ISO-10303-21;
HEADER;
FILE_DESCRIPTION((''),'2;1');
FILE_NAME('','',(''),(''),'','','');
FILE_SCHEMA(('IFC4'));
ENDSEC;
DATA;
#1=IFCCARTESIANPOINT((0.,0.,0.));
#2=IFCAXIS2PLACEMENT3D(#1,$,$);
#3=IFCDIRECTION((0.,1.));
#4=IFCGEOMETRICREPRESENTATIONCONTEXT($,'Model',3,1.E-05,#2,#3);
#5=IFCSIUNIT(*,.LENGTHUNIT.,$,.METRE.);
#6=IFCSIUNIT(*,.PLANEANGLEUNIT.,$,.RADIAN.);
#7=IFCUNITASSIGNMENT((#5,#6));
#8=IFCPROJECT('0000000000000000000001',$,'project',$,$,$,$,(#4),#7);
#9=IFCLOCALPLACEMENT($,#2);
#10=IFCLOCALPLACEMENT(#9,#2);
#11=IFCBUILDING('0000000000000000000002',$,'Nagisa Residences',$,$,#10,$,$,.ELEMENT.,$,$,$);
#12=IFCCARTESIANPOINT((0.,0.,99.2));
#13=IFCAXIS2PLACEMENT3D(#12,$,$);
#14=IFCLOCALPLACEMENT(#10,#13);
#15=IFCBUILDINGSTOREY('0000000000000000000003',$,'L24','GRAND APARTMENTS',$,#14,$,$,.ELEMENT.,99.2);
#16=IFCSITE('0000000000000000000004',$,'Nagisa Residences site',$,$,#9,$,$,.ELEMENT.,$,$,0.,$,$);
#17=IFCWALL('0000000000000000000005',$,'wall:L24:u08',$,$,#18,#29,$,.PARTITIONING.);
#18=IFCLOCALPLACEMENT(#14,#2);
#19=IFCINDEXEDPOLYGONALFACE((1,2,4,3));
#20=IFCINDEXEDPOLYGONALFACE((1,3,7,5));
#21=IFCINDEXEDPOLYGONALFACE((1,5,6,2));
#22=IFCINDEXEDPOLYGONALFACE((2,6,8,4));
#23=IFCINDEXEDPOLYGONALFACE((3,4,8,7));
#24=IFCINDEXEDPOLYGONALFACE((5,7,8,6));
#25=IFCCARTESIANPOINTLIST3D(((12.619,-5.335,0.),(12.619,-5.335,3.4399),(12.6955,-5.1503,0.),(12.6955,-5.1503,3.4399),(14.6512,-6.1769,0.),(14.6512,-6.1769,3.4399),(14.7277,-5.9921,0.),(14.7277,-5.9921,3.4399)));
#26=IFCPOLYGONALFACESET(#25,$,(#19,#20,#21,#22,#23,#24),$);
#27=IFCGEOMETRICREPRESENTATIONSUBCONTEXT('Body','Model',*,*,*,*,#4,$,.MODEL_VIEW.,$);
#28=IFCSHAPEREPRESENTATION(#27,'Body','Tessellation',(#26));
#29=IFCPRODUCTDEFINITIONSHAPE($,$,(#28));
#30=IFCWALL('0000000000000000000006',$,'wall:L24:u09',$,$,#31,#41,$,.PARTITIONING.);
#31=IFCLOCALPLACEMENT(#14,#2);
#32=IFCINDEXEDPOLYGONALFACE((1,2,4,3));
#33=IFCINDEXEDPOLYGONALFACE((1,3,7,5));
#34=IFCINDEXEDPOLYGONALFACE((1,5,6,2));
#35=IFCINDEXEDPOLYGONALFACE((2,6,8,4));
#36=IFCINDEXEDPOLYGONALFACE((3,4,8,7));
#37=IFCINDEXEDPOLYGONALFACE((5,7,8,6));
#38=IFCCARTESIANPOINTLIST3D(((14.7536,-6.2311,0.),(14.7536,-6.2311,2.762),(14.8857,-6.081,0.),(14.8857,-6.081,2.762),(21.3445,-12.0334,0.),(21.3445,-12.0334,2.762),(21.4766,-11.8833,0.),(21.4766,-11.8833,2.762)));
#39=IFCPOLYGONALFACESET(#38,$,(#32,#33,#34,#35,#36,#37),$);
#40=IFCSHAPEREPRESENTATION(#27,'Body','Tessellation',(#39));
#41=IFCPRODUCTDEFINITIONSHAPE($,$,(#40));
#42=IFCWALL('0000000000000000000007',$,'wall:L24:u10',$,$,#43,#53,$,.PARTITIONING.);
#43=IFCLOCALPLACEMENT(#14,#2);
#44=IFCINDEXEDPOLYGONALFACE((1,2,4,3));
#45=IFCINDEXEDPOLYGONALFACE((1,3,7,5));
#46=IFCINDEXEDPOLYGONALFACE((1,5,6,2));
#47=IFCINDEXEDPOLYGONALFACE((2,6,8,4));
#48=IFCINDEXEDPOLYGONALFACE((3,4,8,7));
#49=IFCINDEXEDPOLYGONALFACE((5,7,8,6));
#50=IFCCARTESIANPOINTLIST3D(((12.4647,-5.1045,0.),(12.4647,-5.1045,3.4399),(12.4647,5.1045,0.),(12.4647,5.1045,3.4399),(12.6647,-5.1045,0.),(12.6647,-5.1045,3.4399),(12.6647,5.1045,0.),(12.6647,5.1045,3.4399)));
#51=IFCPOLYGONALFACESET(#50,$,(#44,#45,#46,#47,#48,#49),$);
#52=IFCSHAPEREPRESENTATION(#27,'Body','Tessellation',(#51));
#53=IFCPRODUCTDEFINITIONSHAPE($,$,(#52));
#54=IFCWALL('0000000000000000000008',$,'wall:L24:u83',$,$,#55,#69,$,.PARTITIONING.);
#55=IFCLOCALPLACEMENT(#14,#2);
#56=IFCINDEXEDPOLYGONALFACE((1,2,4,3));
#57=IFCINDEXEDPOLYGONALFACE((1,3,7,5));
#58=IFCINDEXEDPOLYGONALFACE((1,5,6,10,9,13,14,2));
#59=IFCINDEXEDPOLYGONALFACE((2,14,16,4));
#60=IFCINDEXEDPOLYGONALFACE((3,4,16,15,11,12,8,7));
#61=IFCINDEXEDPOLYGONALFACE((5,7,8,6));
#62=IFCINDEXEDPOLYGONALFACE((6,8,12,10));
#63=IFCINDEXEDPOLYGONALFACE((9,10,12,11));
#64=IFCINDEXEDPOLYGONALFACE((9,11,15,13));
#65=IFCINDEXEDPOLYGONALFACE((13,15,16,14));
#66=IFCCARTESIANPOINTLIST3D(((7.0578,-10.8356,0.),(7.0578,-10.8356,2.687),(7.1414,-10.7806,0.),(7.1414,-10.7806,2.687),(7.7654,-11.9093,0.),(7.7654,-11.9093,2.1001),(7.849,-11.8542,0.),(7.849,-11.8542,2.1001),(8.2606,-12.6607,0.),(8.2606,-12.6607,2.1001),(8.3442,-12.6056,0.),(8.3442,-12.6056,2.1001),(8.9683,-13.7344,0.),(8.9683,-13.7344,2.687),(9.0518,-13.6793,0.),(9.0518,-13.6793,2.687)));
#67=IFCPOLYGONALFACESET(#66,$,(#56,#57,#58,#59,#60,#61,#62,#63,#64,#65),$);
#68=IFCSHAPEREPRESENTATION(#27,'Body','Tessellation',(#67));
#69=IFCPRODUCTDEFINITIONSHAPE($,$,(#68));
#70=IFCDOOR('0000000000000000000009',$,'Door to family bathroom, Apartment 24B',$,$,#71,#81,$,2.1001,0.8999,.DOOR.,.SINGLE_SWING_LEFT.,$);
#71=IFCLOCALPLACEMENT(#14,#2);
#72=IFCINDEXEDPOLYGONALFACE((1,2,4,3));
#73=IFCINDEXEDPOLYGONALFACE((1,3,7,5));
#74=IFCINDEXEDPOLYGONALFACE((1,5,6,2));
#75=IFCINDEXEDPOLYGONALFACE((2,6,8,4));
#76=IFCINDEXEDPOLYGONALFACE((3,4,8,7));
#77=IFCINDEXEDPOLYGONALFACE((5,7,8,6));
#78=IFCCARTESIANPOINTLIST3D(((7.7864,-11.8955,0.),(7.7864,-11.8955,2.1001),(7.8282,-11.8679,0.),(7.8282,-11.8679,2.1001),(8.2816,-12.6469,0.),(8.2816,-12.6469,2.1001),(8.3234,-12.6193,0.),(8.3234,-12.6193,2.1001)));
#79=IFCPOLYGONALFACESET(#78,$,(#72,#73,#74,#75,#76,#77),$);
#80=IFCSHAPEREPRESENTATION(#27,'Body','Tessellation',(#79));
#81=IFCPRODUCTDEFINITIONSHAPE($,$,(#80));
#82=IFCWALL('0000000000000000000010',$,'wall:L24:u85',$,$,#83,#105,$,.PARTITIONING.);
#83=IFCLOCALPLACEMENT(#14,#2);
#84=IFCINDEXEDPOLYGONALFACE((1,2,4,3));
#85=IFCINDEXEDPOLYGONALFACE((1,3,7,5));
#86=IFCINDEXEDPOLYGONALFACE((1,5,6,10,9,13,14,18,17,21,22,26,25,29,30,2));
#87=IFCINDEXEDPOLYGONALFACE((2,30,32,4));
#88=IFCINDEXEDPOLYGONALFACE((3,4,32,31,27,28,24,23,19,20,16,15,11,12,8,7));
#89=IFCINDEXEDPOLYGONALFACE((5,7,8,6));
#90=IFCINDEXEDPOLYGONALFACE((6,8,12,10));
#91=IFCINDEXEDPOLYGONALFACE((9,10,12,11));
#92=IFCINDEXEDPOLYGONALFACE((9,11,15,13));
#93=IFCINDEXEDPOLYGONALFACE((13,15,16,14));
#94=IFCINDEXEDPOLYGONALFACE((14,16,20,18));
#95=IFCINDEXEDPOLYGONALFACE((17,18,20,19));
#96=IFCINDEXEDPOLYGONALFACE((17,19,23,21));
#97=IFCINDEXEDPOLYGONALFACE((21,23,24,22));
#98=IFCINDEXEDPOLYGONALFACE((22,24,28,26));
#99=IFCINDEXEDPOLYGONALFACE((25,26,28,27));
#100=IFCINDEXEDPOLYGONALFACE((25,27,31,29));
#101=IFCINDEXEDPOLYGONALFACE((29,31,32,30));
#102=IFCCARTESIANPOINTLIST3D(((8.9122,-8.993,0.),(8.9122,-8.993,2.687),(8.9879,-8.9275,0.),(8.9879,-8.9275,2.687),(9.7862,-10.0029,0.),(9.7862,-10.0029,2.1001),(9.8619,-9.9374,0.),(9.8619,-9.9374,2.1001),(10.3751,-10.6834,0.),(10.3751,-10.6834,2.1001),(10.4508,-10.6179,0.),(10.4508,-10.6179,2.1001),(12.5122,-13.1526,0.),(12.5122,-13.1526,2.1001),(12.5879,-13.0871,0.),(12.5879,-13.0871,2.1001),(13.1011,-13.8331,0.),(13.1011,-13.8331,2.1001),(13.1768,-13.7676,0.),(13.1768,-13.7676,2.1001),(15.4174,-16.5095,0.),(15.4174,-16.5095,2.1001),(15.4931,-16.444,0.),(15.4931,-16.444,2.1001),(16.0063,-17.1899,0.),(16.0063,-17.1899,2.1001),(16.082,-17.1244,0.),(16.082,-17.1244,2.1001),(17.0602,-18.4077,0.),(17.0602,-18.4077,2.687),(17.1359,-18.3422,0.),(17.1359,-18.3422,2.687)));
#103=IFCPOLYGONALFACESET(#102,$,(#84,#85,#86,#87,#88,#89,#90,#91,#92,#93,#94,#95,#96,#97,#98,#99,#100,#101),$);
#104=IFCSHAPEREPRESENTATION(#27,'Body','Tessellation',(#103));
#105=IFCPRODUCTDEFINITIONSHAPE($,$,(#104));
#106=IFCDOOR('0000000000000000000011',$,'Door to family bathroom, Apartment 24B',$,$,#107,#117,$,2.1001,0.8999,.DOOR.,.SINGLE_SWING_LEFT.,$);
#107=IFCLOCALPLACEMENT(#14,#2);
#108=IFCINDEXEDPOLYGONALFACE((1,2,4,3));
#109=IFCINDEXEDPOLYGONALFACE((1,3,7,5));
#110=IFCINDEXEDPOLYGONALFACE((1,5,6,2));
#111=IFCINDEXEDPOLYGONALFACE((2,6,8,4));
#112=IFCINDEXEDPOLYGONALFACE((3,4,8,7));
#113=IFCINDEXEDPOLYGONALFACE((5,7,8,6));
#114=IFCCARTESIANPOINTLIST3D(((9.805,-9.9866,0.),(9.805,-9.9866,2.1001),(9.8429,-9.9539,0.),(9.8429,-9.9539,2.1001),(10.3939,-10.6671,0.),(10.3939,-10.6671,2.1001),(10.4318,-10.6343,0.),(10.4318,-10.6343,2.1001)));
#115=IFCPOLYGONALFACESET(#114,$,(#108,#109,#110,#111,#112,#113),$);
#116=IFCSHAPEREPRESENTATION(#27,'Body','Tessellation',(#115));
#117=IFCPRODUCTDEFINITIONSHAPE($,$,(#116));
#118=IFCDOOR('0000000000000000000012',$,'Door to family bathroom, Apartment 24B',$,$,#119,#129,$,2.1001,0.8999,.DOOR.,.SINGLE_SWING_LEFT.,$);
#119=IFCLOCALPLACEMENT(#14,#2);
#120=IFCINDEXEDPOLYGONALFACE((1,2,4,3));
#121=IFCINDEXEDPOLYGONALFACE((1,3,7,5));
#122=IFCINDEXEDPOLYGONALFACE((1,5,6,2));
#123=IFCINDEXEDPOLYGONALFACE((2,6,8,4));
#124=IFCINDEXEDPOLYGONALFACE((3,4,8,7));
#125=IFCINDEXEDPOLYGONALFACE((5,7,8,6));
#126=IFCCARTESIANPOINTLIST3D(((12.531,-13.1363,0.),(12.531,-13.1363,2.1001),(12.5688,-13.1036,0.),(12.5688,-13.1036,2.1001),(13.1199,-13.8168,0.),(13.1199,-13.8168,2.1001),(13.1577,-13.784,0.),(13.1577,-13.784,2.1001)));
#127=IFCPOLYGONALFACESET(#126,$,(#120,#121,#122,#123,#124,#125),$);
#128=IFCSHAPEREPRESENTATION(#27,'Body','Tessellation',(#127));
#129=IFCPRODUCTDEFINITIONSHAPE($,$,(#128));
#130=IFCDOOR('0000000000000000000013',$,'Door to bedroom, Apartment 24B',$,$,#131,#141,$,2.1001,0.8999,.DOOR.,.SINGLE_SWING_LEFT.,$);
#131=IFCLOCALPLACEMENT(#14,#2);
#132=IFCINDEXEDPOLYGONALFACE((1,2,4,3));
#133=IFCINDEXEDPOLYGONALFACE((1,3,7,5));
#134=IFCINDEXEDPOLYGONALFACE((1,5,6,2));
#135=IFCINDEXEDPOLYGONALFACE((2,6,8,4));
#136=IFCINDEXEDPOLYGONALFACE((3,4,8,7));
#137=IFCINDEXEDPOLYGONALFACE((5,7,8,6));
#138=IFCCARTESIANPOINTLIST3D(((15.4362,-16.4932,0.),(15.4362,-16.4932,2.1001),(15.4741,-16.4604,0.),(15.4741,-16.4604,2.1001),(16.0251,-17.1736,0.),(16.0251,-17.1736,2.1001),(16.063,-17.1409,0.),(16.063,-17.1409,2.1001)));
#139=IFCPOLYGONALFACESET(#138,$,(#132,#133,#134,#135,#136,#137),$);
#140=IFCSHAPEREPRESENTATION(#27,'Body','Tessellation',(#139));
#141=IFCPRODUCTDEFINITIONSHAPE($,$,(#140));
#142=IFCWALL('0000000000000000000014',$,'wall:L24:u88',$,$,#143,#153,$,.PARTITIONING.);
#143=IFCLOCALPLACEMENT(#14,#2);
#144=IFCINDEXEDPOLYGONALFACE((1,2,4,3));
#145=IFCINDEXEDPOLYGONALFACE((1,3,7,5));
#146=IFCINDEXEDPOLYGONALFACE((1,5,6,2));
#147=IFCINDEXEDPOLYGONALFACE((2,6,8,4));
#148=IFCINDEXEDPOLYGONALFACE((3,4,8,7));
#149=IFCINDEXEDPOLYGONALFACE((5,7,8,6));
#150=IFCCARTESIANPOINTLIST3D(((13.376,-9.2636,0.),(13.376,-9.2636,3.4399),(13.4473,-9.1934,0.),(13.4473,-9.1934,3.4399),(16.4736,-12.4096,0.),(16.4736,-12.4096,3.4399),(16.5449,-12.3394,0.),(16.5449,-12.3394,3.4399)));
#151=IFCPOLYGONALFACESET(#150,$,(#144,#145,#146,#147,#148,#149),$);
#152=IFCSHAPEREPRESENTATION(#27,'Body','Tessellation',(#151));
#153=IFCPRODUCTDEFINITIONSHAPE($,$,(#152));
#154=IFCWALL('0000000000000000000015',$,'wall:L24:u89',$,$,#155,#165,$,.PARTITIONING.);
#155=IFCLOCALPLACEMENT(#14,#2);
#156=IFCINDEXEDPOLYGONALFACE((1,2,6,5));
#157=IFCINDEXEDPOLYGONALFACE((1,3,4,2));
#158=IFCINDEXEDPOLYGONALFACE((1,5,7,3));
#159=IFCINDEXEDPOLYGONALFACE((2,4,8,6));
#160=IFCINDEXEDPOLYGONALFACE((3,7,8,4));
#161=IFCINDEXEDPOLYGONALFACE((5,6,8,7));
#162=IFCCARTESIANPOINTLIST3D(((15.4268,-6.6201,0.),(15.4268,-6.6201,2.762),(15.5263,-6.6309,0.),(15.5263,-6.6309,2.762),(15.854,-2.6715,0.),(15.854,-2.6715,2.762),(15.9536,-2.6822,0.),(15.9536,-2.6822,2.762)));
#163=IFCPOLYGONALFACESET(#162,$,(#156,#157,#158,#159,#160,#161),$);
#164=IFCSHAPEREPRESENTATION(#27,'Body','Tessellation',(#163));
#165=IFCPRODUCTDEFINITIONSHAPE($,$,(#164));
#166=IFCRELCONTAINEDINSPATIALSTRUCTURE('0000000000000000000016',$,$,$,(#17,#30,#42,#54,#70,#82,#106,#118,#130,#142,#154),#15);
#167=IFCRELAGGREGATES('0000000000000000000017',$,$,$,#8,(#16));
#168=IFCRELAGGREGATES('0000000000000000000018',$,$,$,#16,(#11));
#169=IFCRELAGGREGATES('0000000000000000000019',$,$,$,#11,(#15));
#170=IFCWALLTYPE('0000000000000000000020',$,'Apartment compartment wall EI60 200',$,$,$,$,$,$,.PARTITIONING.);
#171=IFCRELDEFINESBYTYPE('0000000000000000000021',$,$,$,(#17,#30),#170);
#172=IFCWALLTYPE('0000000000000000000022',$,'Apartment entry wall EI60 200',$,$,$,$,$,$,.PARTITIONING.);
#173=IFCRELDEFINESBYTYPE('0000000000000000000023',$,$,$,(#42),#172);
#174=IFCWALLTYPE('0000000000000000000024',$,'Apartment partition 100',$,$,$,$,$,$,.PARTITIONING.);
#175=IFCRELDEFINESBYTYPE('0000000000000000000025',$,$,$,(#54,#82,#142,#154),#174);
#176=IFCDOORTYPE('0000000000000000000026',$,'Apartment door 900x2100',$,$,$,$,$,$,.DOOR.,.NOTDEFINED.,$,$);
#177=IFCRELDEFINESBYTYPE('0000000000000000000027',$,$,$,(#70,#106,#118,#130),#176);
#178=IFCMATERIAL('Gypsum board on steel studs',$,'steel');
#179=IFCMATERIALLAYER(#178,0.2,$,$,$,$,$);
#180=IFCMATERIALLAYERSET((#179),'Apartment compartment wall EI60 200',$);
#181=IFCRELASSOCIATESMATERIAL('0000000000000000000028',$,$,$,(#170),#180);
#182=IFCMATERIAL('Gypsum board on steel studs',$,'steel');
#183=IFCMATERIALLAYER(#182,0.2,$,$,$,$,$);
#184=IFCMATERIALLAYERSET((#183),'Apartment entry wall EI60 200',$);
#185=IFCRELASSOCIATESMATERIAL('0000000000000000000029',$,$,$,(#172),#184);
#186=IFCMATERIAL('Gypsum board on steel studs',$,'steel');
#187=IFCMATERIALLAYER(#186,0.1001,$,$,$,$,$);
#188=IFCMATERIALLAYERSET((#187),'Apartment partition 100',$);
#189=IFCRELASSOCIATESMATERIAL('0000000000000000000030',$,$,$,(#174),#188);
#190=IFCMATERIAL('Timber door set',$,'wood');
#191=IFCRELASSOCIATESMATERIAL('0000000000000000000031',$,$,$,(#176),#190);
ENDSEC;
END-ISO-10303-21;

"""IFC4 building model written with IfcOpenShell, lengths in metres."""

from ifc_helpers import new_model, si_unit, direction, frame, frame_2d, origin, place, context, subcontext, project, spatial, rectangle, extrude, material, layer, layer_set, type_object, element, fill, save


model = new_model("IFC4")

# Units and contexts
model_context = context("Model", 3, precision=1e-05, world=origin(), true_north=direction((0.0, 1.0)))
body_context = subcontext(model_context, "Body", "Model", "MODEL_VIEW")
ifc_project = project(units=[si_unit("LENGTHUNIT", "METRE"), si_unit("PLANEANGLEUNIT", "RADIAN")], contexts=[model_context])

# Site, building, storey
site_placement = place(None, origin())
site = spatial("IfcSite", under=ifc_project, at=site_placement, Name="Nagisa Residences site", CompositionType="ELEMENT", RefElevation=0.0)
building_placement = place(site_placement, origin())
building = spatial("IfcBuilding", under=site, at=building_placement, Name="Nagisa Residences", CompositionType="ELEMENT")
storey_placement = place(building_placement, frame((0.0, 0.0, 99.2)))
storey = spatial("IfcBuildingStorey", under=building, at=storey_placement, Name="L24", Description="GRAND APARTMENTS", CompositionType="ELEMENT", Elevation=99.2)

# Walls
ifc_material_1 = material(Name="Gypsum board on steel studs", Category="steel")
ifc_layer_1 = layer(ifc_material_1, 0.2)
ifc_layer_set_1 = layer_set([ifc_layer_1], Name="Apartment compartment wall EI60 200")
wall_type_1 = type_object("IfcWallType", Name="Apartment compartment wall EI60 200", PredefinedType="PARTITIONING", material=ifc_layer_set_1)
wall_1_placement = place(storey_placement, frame((12.6572, -5.2427, 0.0), z_axis=(0.0, 0.0, 1.0), x_axis=(0.923876, -0.382692, 0.0)))
element("IfcWall", 1, at=wall_1_placement, inside=storey, type_object=wall_type_1, Name="wall:L24:u08", PredefinedType="PARTITIONING", context=body_context, shape_type="SweptSolid", body=[
    extrude(rectangle(XDim=2.1997, YDim=0.2, at=frame_2d((1.0999, 0.0))), origin(), (0.0, 0.0, 1.0), 3.4399),
])
wall_2_placement = place(storey_placement, frame((14.8196, -6.156, 0.0), z_axis=(0.0, 0.0, 1.0), x_axis=(0.750582, -0.660777, 0.0)))
element("IfcWall", 2, at=wall_2_placement, inside=storey, type_object=wall_type_1, Name="wall:L24:u09", PredefinedType="PARTITIONING", context=body_context, shape_type="SweptSolid", body=[
    extrude(rectangle(XDim=8.781, YDim=0.2, at=frame_2d((4.3906, 0.0))), origin(), (0.0, 0.0, 1.0), 2.762),
])
ifc_material_2 = material(Name="Gypsum board on steel studs", Category="steel")
ifc_layer_2 = layer(ifc_material_2, 0.2)
ifc_layer_set_2 = layer_set([ifc_layer_2], Name="Apartment entry wall EI60 200")
wall_type_2 = type_object("IfcWallType", Name="Apartment entry wall EI60 200", PredefinedType="PARTITIONING", material=ifc_layer_set_2)
wall_3_placement = place(storey_placement, frame((12.5647, -5.1045, 0.0), z_axis=(0.0, 0.0, 1.0), x_axis=(0.0, 1.0, 0.0)))
element("IfcWall", 3, at=wall_3_placement, inside=storey, type_object=wall_type_2, Name="wall:L24:u10", PredefinedType="PARTITIONING", context=body_context, shape_type="SweptSolid", body=[
    extrude(rectangle(XDim=10.209, YDim=0.2, at=frame_2d((5.1045, 0.0))), origin(), (0.0, 0.0, 1.0), 3.4399),
])

# Wall, opening, door
ifc_material_3 = material(Name="Gypsum board on steel studs", Category="steel")
ifc_layer_3 = layer(ifc_material_3, 0.1001)
ifc_layer_set_3 = layer_set([ifc_layer_3], Name="Apartment partition 100")
wall_type_3 = type_object("IfcWallType", Name="Apartment partition 100", PredefinedType="PARTITIONING", material=ifc_layer_set_3)
wall_4_placement = place(storey_placement, frame((7.0996, -10.8081, 0.0), z_axis=(0.0, 0.0, 1.0), x_axis=(0.550294, -0.834971, 0.0)))
wall_4 = element("IfcWall", 4, at=wall_4_placement, inside=storey, type_object=wall_type_3, Name="wall:L24:u83", PredefinedType="PARTITIONING", context=body_context, shape_type="SweptSolid", body=[
    extrude(rectangle(XDim=3.4717, YDim=0.1001, at=frame_2d((1.7358, 0.0))), origin(), (0.0, 0.0, 1.0), 2.687),
])
opening_1_placement = place(wall_4_placement, frame((1.2859, 0.0, 0.0)))
opening_1 = element("IfcOpeningElement", 5, at=opening_1_placement, cuts=wall_4, PredefinedType="OPENING", context=body_context, shape_type="SweptSolid", body=[
    extrude(rectangle(XDim=0.8999, YDim=2.1001, at=frame_2d((0.45, 1.05))), frame((0.0, 0.0601, 0.0), z_axis=(0.0, -1.0, 0.0), x_axis=(1.0, 0.0, 0.0)), (0.0, 0.0, 1.0), 0.1201),
])
ifc_material_4 = material(Name="Timber door set", Category="wood")
door_type_1 = type_object("IfcDoorType", Name="Apartment door 900x2100", OperationType="NOTDEFINED", PredefinedType="DOOR", material=ifc_material_4)
door_1_placement = place(opening_1_placement, frame((0.8999, 0.0, 0.0), x_axis=(-1.0, 0.0, 0.0)))
door_1 = element("IfcDoor", 6, at=door_1_placement, inside=storey, type_object=door_type_1, Name="Door to family bathroom, Apartment 24B", OperationType="SINGLE_SWING_LEFT", OverallHeight=2.1001, OverallWidth=0.8999, PredefinedType="DOOR", context=body_context, shape_type="SweptSolid", body=[
    extrude(rectangle(XDim=0.8999, YDim=2.1001, at=frame_2d((0.45, 1.05))), frame((0.0, 0.0249, 0.0), z_axis=(0.0, -1.0, 0.0), x_axis=(1.0, 0.0, 0.0)), (0.0, 0.0, 1.0), 0.05),
])
fill(opening_1, door_1)

# Wall, openings, doors
wall_5_placement = place(storey_placement, frame((8.95, -8.9602, 0.0), z_axis=(0.0, 0.0, 1.0), x_axis=(0.654411, -0.756139, 0.0)))
wall_5 = element("IfcWall", 7, at=wall_5_placement, inside=storey, type_object=wall_type_3, Name="wall:L24:u85", PredefinedType="PARTITIONING", context=body_context, shape_type="SweptSolid", body=[
    extrude(rectangle(XDim=12.4509, YDim=0.1001, at=frame_2d((6.2256, 0.0))), origin(), (0.0, 0.0, 1.0), 2.687),
])
opening_2_placement = place(wall_5_placement, frame((1.3357, 0.0, 0.0)))
opening_2 = element("IfcOpeningElement", 8, at=opening_2_placement, cuts=wall_5, PredefinedType="OPENING", context=body_context, shape_type="SweptSolid", body=[
    extrude(rectangle(XDim=0.8999, YDim=2.1001, at=frame_2d((0.45, 1.05))), frame((0.0, 0.0601, 0.0), z_axis=(0.0, -1.0, 0.0), x_axis=(1.0, 0.0, 0.0)), (0.0, 0.0, 1.0), 0.1201),
])
opening_3_placement = place(wall_5_placement, frame((5.5012, 0.0, 0.0)))
opening_3 = element("IfcOpeningElement", 9, at=opening_3_placement, cuts=wall_5, PredefinedType="OPENING", context=body_context, shape_type="SweptSolid", body=[
    extrude(rectangle(XDim=0.8999, YDim=2.1001, at=frame_2d((0.45, 1.05))), frame((0.0, 0.0601, 0.0), z_axis=(0.0, -1.0, 0.0), x_axis=(1.0, 0.0, 0.0)), (0.0, 0.0, 1.0), 0.1201),
])
opening_4_placement = place(wall_5_placement, frame((9.9407, 0.0, 0.0)))
opening_4 = element("IfcOpeningElement", 10, at=opening_4_placement, cuts=wall_5, PredefinedType="OPENING", context=body_context, shape_type="SweptSolid", body=[
    extrude(rectangle(XDim=0.8999, YDim=2.1001, at=frame_2d((0.45, 1.05))), frame((0.0, 0.0601, 0.0), z_axis=(0.0, -1.0, 0.0), x_axis=(1.0, 0.0, 0.0)), (0.0, 0.0, 1.0), 0.1201),
])
door_2_placement = place(opening_2_placement, origin())
door_2 = element("IfcDoor", 11, at=door_2_placement, inside=storey, type_object=door_type_1, Name="Door to family bathroom, Apartment 24B", OperationType="SINGLE_SWING_LEFT", OverallHeight=2.1001, OverallWidth=0.8999, PredefinedType="DOOR", context=body_context, shape_type="SweptSolid", body=[
    extrude(rectangle(XDim=0.8999, YDim=2.1001, at=frame_2d((0.45, 1.05))), frame((0.0, 0.0249, 0.0), z_axis=(0.0, -1.0, 0.0), x_axis=(1.0, 0.0, 0.0)), (0.0, 0.0, 1.0), 0.05),
])
fill(opening_2, door_2)
door_3_placement = place(opening_3_placement, origin())
door_3 = element("IfcDoor", 12, at=door_3_placement, inside=storey, type_object=door_type_1, Name="Door to family bathroom, Apartment 24B", OperationType="SINGLE_SWING_LEFT", OverallHeight=2.1001, OverallWidth=0.8999, PredefinedType="DOOR", context=body_context, shape_type="SweptSolid", body=[
    extrude(rectangle(XDim=0.8999, YDim=2.1001, at=frame_2d((0.45, 1.05))), frame((0.0, 0.0249, 0.0), z_axis=(0.0, -1.0, 0.0), x_axis=(1.0, 0.0, 0.0)), (0.0, 0.0, 1.0), 0.05),
])
fill(opening_3, door_3)
door_4_placement = place(opening_4_placement, origin())
door_4 = element("IfcDoor", 13, at=door_4_placement, inside=storey, type_object=door_type_1, Name="Door to bedroom, Apartment 24B", OperationType="SINGLE_SWING_LEFT", OverallHeight=2.1001, OverallWidth=0.8999, PredefinedType="DOOR", context=body_context, shape_type="SweptSolid", body=[
    extrude(rectangle(XDim=0.8999, YDim=2.1001, at=frame_2d((0.45, 1.05))), frame((0.0, 0.0249, 0.0), z_axis=(0.0, -1.0, 0.0), x_axis=(1.0, 0.0, 0.0)), (0.0, 0.0, 1.0), 0.05),
])
fill(opening_4, door_4)

# Walls
wall_6_placement = place(storey_placement, frame((13.4116, -9.2285, 0.0), z_axis=(0.0, 0.0, 1.0), x_axis=(0.701611, -0.71256, 0.0)))
element("IfcWall", 14, at=wall_6_placement, inside=storey, type_object=wall_type_3, Name="wall:L24:u88", PredefinedType="PARTITIONING", context=body_context, shape_type="SweptSolid", body=[
    extrude(rectangle(XDim=4.415, YDim=0.1001, at=frame_2d((2.2075, 0.0))), origin(), (0.0, 0.0, 1.0), 3.4399),
])
wall_7_placement = place(storey_placement, frame((15.4766, -6.6255, 0.0), z_axis=(0.0, 0.0, 1.0), x_axis=(0.107571, 0.994197, 0.0)))
element("IfcWall", 15, at=wall_7_placement, inside=storey, type_object=wall_type_3, Name="wall:L24:u89", PredefinedType="PARTITIONING", context=body_context, shape_type="SweptSolid", body=[
    extrude(rectangle(XDim=3.9717, YDim=0.1001, at=frame_2d((1.9858, 0.0))), origin(), (0.0, 0.0, 1.0), 2.762),
])

save(model, "model.ifc")
